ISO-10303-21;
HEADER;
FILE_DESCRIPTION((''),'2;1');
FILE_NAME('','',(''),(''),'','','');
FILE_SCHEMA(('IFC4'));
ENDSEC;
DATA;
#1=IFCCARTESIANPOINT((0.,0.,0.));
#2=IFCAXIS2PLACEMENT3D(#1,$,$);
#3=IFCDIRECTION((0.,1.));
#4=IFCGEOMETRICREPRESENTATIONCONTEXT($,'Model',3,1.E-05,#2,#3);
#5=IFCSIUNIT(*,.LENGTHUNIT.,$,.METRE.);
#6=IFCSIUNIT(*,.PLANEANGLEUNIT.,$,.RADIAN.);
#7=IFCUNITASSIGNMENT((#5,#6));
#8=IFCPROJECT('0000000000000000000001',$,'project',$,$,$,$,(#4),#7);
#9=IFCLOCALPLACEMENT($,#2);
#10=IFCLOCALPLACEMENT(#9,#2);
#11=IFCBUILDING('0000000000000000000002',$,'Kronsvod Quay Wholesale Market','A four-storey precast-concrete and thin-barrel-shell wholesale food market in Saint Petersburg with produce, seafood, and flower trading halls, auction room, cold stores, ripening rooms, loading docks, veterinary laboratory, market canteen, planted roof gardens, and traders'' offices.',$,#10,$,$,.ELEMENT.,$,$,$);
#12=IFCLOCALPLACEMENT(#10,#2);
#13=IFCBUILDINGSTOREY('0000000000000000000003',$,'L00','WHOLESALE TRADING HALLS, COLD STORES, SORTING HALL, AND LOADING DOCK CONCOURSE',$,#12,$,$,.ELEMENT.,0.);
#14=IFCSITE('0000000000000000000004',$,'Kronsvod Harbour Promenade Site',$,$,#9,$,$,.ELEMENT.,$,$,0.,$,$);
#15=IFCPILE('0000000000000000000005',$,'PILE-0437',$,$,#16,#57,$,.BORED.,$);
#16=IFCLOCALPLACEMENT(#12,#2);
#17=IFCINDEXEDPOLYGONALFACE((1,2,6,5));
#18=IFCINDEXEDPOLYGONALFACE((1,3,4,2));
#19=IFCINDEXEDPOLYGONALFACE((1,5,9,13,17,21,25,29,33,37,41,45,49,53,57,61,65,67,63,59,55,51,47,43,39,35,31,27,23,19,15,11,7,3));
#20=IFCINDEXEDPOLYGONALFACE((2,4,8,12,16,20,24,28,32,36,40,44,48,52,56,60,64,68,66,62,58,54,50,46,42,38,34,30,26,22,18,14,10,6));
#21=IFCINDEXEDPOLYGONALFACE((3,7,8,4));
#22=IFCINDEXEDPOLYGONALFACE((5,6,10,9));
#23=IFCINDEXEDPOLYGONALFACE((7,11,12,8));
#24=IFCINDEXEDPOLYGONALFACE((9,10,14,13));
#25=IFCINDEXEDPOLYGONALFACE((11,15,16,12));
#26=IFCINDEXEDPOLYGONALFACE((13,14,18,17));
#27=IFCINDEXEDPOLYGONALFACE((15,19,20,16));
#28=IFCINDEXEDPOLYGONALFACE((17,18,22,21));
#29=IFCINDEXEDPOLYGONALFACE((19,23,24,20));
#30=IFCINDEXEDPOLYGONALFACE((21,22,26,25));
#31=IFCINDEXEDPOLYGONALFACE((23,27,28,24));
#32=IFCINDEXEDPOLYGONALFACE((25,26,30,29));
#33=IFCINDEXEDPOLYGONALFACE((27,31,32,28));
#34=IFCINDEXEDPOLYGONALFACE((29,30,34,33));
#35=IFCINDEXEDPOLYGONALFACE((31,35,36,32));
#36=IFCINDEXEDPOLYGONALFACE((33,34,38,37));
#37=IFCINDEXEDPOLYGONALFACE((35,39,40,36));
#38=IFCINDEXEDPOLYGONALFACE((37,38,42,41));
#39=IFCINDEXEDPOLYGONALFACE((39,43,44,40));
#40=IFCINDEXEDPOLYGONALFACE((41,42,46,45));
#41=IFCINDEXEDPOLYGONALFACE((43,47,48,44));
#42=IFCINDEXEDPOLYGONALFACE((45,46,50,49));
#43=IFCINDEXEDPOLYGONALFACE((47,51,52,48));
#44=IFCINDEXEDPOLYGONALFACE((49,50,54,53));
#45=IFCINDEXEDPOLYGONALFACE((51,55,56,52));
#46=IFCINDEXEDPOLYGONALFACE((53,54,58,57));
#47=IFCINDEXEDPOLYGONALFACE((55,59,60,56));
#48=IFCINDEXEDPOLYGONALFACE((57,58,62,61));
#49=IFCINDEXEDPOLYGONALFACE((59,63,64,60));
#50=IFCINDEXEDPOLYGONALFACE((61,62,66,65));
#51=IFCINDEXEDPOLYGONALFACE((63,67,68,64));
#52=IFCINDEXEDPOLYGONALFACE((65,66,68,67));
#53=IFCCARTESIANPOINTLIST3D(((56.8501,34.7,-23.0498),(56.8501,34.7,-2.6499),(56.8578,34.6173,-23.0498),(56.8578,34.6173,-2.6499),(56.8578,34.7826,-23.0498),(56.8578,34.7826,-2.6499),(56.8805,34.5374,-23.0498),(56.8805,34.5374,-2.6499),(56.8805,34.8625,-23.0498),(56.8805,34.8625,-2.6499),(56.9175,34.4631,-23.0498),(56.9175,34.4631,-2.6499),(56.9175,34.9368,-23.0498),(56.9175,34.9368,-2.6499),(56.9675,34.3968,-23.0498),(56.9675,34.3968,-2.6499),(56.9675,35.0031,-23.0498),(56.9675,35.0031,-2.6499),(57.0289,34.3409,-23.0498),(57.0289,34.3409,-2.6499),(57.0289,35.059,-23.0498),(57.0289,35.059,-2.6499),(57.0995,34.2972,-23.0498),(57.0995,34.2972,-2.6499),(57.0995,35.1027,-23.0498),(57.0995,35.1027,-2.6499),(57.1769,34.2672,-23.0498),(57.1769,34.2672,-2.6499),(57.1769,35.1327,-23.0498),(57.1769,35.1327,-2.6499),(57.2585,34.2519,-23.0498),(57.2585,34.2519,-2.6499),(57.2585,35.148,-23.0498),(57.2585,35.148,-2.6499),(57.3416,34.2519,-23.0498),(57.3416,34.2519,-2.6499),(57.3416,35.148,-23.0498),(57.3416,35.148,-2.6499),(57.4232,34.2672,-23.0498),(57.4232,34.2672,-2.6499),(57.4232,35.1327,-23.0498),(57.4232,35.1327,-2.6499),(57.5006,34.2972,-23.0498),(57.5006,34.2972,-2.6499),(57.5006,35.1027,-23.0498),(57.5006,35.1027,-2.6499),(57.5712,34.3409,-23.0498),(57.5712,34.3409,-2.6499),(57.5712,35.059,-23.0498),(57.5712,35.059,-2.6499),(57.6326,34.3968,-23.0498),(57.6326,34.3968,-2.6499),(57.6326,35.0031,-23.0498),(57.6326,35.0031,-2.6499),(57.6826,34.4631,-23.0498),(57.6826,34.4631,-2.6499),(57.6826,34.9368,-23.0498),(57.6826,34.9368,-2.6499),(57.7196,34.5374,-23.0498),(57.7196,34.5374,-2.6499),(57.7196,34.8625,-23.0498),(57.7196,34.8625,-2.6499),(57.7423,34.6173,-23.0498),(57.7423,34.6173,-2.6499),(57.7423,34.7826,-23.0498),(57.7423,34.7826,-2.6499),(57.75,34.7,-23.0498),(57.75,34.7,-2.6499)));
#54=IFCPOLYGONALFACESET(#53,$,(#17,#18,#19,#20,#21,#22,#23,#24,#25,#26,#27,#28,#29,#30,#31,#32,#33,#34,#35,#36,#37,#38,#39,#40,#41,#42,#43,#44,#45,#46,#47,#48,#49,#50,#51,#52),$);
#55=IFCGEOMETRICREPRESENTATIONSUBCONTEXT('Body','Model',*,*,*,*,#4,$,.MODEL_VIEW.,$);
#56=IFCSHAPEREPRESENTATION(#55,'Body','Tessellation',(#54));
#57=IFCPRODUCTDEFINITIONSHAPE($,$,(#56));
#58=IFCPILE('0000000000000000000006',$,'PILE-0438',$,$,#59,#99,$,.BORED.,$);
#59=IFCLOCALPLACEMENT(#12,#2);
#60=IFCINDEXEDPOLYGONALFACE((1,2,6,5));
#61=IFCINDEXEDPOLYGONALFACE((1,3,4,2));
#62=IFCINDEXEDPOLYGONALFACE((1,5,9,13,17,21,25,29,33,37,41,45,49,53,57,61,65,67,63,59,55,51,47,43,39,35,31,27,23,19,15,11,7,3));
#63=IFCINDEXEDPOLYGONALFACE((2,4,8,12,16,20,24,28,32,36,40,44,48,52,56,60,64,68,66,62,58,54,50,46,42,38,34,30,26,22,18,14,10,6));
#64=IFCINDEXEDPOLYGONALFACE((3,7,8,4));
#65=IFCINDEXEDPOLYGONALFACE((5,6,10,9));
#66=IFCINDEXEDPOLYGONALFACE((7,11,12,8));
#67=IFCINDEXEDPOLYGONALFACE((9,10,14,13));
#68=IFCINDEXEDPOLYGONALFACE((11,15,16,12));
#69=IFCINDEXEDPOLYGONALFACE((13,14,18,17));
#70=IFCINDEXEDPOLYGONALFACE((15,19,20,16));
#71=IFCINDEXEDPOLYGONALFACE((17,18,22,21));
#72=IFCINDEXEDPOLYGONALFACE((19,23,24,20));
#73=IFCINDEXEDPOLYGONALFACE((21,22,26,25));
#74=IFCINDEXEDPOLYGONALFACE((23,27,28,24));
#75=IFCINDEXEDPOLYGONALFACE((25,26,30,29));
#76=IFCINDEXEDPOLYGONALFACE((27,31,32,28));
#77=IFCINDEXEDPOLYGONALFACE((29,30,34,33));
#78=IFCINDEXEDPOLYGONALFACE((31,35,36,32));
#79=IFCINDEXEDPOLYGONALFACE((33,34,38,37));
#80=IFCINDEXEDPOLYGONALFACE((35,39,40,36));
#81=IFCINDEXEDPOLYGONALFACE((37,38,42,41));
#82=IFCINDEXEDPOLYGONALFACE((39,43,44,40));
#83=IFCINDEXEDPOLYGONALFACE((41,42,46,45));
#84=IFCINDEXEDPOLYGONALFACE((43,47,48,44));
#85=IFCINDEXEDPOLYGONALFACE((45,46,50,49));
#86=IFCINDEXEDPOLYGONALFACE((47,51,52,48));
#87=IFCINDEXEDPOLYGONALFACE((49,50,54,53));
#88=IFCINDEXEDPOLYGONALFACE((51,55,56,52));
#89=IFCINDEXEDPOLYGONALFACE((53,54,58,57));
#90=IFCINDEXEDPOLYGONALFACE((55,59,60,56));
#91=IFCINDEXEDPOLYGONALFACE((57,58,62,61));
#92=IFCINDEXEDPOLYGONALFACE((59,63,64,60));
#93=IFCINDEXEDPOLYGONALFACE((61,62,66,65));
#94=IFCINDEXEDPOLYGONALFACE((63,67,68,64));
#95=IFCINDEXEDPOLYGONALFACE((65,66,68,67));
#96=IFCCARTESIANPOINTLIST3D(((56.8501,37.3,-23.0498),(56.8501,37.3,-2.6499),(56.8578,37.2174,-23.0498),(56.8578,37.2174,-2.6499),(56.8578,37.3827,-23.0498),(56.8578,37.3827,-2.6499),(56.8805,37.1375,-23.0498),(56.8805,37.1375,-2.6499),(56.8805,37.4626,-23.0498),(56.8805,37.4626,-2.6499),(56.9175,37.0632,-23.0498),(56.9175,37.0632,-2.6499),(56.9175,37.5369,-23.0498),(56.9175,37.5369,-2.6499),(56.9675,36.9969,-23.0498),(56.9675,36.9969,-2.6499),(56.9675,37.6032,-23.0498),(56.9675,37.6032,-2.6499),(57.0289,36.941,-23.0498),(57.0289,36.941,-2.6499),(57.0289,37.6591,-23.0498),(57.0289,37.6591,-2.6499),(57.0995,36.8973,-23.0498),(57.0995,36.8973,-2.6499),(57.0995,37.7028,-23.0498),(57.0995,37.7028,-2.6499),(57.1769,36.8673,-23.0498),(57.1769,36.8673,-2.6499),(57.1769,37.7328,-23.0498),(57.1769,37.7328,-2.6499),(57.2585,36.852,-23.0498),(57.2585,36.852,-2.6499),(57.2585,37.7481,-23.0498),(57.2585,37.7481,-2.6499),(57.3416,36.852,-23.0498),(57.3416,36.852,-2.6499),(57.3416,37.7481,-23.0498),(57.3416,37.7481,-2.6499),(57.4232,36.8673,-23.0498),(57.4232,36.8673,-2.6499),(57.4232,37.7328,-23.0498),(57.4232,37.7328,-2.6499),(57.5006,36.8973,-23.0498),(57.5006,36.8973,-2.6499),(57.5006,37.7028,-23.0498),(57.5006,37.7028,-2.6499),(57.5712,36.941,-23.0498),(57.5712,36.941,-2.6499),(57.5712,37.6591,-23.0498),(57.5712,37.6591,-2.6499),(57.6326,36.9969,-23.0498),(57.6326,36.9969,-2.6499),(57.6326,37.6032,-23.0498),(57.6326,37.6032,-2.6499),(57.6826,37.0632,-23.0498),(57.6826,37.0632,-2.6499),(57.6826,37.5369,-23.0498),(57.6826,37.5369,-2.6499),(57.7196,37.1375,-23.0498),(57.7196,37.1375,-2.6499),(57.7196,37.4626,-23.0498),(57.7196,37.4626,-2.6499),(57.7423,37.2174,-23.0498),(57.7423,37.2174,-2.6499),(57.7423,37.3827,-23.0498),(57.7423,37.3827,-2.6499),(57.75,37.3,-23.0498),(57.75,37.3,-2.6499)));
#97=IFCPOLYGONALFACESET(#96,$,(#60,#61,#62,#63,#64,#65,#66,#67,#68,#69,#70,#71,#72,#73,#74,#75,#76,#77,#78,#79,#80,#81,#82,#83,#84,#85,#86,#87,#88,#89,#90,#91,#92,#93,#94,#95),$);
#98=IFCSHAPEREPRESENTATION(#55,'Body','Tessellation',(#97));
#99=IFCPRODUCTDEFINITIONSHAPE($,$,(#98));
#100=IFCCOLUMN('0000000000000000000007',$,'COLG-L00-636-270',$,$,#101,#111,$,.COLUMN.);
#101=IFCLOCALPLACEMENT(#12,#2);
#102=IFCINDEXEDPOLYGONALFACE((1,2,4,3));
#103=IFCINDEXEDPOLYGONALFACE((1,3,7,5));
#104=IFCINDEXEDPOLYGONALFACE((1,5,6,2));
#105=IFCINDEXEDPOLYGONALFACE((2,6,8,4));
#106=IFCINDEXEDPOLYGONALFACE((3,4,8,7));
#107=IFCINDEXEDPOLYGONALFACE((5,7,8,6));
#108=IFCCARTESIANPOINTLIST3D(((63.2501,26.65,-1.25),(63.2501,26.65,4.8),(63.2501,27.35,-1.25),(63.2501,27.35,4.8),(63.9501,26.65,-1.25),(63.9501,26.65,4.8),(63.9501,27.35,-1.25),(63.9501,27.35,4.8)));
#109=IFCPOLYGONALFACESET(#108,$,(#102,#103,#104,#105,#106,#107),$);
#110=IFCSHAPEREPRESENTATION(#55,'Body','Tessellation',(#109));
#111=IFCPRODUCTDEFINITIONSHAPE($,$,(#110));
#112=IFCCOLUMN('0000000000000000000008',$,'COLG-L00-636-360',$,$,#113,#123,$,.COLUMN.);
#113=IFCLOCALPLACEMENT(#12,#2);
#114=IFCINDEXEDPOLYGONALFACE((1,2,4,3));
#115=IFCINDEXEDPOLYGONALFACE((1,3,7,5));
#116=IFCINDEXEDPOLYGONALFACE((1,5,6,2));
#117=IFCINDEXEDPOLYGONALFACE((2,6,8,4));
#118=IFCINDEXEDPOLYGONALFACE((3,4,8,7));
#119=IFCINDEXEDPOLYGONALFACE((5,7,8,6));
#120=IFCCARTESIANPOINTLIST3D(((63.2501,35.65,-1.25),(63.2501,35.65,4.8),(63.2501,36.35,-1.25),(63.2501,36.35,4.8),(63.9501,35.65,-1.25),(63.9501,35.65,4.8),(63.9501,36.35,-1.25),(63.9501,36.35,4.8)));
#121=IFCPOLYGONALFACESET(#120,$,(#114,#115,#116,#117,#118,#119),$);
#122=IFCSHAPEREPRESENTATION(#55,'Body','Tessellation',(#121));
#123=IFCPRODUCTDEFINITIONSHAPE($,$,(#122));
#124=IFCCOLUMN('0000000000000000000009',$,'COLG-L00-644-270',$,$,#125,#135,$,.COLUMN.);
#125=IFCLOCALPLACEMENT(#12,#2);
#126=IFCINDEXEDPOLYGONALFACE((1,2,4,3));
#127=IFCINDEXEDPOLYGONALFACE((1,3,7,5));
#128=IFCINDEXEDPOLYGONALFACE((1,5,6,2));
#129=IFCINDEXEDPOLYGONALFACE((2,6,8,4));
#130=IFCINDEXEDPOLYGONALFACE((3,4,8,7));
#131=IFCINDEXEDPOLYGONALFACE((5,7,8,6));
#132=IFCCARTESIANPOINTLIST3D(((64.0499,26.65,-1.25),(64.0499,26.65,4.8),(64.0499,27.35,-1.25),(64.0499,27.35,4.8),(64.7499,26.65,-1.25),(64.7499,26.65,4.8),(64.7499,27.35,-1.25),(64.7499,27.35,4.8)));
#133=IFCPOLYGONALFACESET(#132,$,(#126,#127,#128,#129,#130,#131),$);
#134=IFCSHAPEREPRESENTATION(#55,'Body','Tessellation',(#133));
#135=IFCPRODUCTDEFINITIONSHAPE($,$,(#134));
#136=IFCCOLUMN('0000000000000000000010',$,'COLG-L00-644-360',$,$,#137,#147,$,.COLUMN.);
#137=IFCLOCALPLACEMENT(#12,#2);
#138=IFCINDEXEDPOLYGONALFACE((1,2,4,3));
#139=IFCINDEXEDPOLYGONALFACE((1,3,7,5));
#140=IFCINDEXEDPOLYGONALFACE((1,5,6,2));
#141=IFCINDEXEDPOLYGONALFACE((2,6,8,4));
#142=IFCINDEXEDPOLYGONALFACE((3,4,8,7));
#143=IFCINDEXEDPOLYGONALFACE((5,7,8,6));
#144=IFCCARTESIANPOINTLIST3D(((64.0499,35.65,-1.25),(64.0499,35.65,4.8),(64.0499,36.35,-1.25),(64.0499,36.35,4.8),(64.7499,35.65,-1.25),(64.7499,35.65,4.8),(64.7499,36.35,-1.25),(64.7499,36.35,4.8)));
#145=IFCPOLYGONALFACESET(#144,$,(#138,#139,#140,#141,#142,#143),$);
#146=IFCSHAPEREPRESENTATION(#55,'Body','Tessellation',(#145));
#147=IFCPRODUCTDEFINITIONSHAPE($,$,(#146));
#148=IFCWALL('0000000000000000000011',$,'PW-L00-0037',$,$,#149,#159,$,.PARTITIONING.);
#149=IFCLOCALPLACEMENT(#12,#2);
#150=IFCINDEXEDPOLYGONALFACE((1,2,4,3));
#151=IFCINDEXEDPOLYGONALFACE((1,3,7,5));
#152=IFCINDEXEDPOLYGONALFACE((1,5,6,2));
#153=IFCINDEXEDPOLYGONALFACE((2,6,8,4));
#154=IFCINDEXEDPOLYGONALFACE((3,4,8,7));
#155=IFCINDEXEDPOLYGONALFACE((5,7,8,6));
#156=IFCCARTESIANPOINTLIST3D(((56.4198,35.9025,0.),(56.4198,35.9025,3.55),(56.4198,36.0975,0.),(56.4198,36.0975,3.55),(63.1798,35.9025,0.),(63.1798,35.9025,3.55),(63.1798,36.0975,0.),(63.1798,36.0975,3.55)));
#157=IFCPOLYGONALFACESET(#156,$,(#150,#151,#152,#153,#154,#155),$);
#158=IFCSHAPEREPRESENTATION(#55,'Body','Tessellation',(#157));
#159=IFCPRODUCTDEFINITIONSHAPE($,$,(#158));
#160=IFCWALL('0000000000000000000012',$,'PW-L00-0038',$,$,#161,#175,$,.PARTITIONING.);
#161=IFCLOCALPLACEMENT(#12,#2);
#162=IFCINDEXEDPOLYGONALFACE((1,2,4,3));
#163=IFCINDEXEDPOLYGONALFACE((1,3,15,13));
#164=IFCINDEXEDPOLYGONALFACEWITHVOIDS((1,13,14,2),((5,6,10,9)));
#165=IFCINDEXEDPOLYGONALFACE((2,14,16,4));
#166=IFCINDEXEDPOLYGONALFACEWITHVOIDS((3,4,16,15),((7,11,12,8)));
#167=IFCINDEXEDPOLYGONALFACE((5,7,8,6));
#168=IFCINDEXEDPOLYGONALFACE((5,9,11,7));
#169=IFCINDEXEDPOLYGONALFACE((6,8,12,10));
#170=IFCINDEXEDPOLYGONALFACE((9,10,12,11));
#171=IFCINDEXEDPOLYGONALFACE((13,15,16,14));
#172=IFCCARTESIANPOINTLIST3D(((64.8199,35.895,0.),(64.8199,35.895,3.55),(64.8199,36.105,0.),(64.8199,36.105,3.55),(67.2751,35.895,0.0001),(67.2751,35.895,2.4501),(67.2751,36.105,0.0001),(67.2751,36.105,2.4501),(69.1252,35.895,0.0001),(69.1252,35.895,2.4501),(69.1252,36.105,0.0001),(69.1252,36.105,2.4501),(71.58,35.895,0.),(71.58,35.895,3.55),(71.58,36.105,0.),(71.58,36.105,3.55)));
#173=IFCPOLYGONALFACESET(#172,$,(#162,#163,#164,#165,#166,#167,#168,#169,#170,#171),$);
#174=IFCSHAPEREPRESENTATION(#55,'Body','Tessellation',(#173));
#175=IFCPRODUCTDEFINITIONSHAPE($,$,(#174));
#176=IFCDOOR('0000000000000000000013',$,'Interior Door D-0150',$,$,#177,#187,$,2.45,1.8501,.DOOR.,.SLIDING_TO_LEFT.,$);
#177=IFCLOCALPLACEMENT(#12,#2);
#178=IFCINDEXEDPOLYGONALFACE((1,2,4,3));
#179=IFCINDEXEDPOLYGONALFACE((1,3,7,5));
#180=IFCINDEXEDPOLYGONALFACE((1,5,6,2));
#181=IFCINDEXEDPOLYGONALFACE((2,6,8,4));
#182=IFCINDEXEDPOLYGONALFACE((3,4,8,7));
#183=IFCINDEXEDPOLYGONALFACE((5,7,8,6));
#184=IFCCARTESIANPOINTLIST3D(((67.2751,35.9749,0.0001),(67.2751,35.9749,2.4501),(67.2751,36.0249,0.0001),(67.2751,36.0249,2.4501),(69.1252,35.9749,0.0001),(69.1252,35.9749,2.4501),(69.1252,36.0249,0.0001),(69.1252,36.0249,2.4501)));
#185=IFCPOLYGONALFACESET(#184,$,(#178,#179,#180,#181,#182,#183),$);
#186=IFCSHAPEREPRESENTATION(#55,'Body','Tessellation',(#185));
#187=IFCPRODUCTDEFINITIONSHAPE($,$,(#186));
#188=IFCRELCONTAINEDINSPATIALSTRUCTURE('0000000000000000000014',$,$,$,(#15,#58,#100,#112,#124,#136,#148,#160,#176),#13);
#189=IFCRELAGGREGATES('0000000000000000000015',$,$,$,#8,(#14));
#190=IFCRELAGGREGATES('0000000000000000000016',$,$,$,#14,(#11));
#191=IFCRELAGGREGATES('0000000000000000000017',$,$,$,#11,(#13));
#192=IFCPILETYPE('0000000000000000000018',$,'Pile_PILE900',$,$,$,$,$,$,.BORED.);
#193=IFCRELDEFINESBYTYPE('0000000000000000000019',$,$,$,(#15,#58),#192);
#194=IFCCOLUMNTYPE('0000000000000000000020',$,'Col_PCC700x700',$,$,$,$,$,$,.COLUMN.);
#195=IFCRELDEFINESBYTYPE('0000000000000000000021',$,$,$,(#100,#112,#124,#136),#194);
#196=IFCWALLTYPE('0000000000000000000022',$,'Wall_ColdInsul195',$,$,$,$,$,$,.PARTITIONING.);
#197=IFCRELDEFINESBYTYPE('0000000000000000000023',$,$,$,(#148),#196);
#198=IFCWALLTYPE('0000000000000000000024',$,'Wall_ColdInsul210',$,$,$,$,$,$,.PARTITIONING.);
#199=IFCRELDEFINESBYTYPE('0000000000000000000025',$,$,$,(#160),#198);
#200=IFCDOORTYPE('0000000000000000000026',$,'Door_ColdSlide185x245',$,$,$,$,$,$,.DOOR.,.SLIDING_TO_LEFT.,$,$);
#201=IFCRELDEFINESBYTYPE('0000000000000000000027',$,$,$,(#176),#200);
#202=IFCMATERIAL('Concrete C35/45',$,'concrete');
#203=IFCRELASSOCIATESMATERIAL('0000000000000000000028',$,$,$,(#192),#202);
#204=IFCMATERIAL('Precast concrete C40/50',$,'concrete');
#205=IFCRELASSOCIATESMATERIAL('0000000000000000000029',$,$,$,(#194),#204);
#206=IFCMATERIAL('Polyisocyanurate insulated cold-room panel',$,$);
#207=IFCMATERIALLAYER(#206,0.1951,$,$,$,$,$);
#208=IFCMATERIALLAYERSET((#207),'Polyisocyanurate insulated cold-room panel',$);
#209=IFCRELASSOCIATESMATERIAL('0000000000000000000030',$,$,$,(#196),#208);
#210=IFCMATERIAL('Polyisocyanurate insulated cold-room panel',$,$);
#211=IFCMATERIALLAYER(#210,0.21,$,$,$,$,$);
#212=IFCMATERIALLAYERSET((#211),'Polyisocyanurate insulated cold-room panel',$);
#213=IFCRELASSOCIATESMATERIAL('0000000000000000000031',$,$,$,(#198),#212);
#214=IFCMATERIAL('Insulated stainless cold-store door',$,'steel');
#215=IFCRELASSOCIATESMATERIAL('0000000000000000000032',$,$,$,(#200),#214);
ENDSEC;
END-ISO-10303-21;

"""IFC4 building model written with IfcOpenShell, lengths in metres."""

from ifc_helpers import new_model, si_unit, direction, frame, frame_2d, origin, origin_2d, place, context, subcontext, project, spatial, rectangle, circle, extrude, material, layer, layer_set, material_profile, profile_set, type_object, element, fill, save


model = new_model("IFC4")

# Units and contexts
model_context = context("Model", 3, precision=1e-05, world=origin(), true_north=direction((0.0, 1.0)))
body_context = subcontext(model_context, "Body", "Model", "MODEL_VIEW")
ifc_project = project(units=[si_unit("LENGTHUNIT", "METRE"), si_unit("PLANEANGLEUNIT", "RADIAN")], contexts=[model_context])

# Site, building, storey
site_placement = place(None, origin())
site = spatial("IfcSite", under=ifc_project, at=site_placement, Name="Kronsvod Harbour Promenade Site", CompositionType="ELEMENT", RefElevation=0.0)
building_placement = place(site_placement, origin())
building = spatial("IfcBuilding", under=site, at=building_placement, Name="Kronsvod Quay Wholesale Market", Description="A four-storey precast-concrete and thin-barrel-shell wholesale food market in Saint Petersburg with produce, seafood, and flower trading halls, auction room, cold stores, ripening rooms, loading docks, veterinary laboratory, market canteen, planted roof gardens, and traders' offices.", CompositionType="ELEMENT")
storey_placement = place(building_placement, origin())
storey = spatial("IfcBuildingStorey", under=building, at=storey_placement, Name="L00", Description="WHOLESALE TRADING HALLS, COLD STORES, SORTING HALL, AND LOADING DOCK CONCOURSE", CompositionType="ELEMENT", Elevation=0.0)

# Piles
ifc_material_1 = material(Name="Concrete C35/45", Category="concrete")
ifc_material_profile_1 = material_profile(ifc_material_1, circle(Radius=0.45, at=origin_2d()), Name="PILE900")
ifc_profile_set_1 = profile_set([ifc_material_profile_1], Name="Concrete C35/45")
pile_type_1 = type_object("IfcPileType", Name="Pile_PILE900", PredefinedType="BORED", material=ifc_profile_set_1)
for number, where, z_axis, x_axis, name in (
    (1, (57.3, 34.7, -2.6499), (0.0, 0.0, -1.0), (1.0, 0.0, 0.0), "PILE-0437"),
    (2, (57.3, 37.3, -2.6499), (0.0, 0.0, -1.0), (1.0, 0.0, 0.0), "PILE-0438"),
):
    element("IfcPile", number, at=place(storey_placement, frame(where, z_axis=z_axis, x_axis=x_axis)), inside=storey, type_object=pile_type_1, Name=name, PredefinedType="BORED", context=body_context, shape_type="SweptSolid", body=[
        extrude(circle(Radius=0.45, at=origin_2d()), origin(), (0.0, 0.0, 1.0), 20.3999),
    ])

# Columns
ifc_material_2 = material(Name="Precast concrete C40/50", Category="concrete")
ifc_material_profile_2 = material_profile(ifc_material_2, rectangle(XDim=0.7, YDim=0.7, at=origin_2d()), Name="PCC700x700")
ifc_profile_set_2 = profile_set([ifc_material_profile_2], Name="Precast concrete C40/50")
column_type = type_object("IfcColumnType", Name="Col_PCC700x700", PredefinedType="COLUMN", material=ifc_profile_set_2)
for number, where, z_axis, x_axis, name in (
    (3, (63.6001, 27.0, -1.25), (0.0, 0.0, 1.0), (1.0, 0.0, 0.0), "COLG-L00-636-270"),
    (4, (63.6001, 36.0, -1.25), (0.0, 0.0, 1.0), (1.0, 0.0, 0.0), "COLG-L00-636-360"),
    (5, (64.3999, 27.0, -1.25), (0.0, 0.0, 1.0), (1.0, 0.0, 0.0), "COLG-L00-644-270"),
    (6, (64.3999, 36.0, -1.25), (0.0, 0.0, 1.0), (1.0, 0.0, 0.0), "COLG-L00-644-360"),
):
    element("IfcColumn", number, at=place(storey_placement, frame(where, z_axis=z_axis, x_axis=x_axis)), inside=storey, type_object=column_type, Name=name, PredefinedType="COLUMN", context=body_context, shape_type="SweptSolid", body=[
        extrude(rectangle(XDim=0.7, YDim=0.7, at=origin_2d()), origin(), (0.0, 0.0, 1.0), 6.05),
    ])

# Wall
ifc_material_3 = material(Name="Polyisocyanurate insulated cold-room panel")
ifc_layer_1 = layer(ifc_material_3, 0.1951)
ifc_layer_set_1 = layer_set([ifc_layer_1], Name="Polyisocyanurate insulated cold-room panel")
wall_type_1 = type_object("IfcWallType", Name="Wall_ColdInsul195", PredefinedType="PARTITIONING", material=ifc_layer_set_1)
wall_1_placement = place(storey_placement, frame((56.4199, 36.0, 0.0), z_axis=(0.0, 0.0, 1.0), x_axis=(1.0, 0.0, 0.0)))
element("IfcWall", 7, at=wall_1_placement, inside=storey, type_object=wall_type_1, Name="PW-L00-0037", PredefinedType="PARTITIONING", context=body_context, shape_type="SweptSolid", body=[
    extrude(rectangle(XDim=6.76, YDim=0.1951, at=frame_2d((3.3799, 0.0))), origin(), (0.0, 0.0, 1.0), 3.55),
])

# Wall, opening, door
ifc_material_4 = material(Name="Polyisocyanurate insulated cold-room panel")
ifc_layer_2 = layer(ifc_material_4, 0.21)
ifc_layer_set_2 = layer_set([ifc_layer_2], Name="Polyisocyanurate insulated cold-room panel")
wall_type_2 = type_object("IfcWallType", Name="Wall_ColdInsul210", PredefinedType="PARTITIONING", material=ifc_layer_set_2)
wall_2_placement = place(storey_placement, frame((64.8201, 36.0, 0.0), z_axis=(0.0, 0.0, 1.0), x_axis=(1.0, 0.0, 0.0)))
wall_2 = element("IfcWall", 8, at=wall_2_placement, inside=storey, type_object=wall_type_2, Name="PW-L00-0038", PredefinedType="PARTITIONING", context=body_context, shape_type="SweptSolid", body=[
    extrude(rectangle(XDim=6.76, YDim=0.21, at=frame_2d((3.3799, 0.0))), origin(), (0.0, 0.0, 1.0), 3.55),
])
opening_1_placement = place(wall_2_placement, frame((2.4551, 0.0, 0.0)))
opening_1 = element("IfcOpeningElement", 9, at=opening_1_placement, cuts=wall_2, PredefinedType="OPENING", context=body_context, shape_type="SweptSolid", body=[
    extrude(rectangle(XDim=1.8501, YDim=2.45, at=frame_2d((0.925, 1.2251))), frame((0.0, 0.115, 0.0), z_axis=(0.0, -1.0, 0.0), x_axis=(1.0, 0.0, 0.0)), (0.0, 0.0, 1.0), 0.23),
])
ifc_material_5 = material(Name="Insulated stainless cold-store door", Category="steel")
door_type_1 = type_object("IfcDoorType", Name="Door_ColdSlide185x245", OperationType="SLIDING_TO_LEFT", PredefinedType="DOOR", material=ifc_material_5)
door_1_placement = place(opening_1_placement, origin())
door_1 = element("IfcDoor", 10, at=door_1_placement, inside=storey, type_object=door_type_1, Name="Interior Door D-0150", OperationType="SLIDING_TO_LEFT", OverallHeight=2.45, OverallWidth=1.8501, PredefinedType="DOOR", context=body_context, shape_type="SweptSolid", body=[
    extrude(rectangle(XDim=1.8501, YDim=2.45, at=frame_2d((0.925, 1.2251))), frame((0.0, 0.0249, 0.0), z_axis=(0.0, -1.0, 0.0), x_axis=(1.0, 0.0, 0.0)), (0.0, 0.0, 1.0), 0.05),
])
fill(opening_1, door_1)

save(model, "model.ifc")
